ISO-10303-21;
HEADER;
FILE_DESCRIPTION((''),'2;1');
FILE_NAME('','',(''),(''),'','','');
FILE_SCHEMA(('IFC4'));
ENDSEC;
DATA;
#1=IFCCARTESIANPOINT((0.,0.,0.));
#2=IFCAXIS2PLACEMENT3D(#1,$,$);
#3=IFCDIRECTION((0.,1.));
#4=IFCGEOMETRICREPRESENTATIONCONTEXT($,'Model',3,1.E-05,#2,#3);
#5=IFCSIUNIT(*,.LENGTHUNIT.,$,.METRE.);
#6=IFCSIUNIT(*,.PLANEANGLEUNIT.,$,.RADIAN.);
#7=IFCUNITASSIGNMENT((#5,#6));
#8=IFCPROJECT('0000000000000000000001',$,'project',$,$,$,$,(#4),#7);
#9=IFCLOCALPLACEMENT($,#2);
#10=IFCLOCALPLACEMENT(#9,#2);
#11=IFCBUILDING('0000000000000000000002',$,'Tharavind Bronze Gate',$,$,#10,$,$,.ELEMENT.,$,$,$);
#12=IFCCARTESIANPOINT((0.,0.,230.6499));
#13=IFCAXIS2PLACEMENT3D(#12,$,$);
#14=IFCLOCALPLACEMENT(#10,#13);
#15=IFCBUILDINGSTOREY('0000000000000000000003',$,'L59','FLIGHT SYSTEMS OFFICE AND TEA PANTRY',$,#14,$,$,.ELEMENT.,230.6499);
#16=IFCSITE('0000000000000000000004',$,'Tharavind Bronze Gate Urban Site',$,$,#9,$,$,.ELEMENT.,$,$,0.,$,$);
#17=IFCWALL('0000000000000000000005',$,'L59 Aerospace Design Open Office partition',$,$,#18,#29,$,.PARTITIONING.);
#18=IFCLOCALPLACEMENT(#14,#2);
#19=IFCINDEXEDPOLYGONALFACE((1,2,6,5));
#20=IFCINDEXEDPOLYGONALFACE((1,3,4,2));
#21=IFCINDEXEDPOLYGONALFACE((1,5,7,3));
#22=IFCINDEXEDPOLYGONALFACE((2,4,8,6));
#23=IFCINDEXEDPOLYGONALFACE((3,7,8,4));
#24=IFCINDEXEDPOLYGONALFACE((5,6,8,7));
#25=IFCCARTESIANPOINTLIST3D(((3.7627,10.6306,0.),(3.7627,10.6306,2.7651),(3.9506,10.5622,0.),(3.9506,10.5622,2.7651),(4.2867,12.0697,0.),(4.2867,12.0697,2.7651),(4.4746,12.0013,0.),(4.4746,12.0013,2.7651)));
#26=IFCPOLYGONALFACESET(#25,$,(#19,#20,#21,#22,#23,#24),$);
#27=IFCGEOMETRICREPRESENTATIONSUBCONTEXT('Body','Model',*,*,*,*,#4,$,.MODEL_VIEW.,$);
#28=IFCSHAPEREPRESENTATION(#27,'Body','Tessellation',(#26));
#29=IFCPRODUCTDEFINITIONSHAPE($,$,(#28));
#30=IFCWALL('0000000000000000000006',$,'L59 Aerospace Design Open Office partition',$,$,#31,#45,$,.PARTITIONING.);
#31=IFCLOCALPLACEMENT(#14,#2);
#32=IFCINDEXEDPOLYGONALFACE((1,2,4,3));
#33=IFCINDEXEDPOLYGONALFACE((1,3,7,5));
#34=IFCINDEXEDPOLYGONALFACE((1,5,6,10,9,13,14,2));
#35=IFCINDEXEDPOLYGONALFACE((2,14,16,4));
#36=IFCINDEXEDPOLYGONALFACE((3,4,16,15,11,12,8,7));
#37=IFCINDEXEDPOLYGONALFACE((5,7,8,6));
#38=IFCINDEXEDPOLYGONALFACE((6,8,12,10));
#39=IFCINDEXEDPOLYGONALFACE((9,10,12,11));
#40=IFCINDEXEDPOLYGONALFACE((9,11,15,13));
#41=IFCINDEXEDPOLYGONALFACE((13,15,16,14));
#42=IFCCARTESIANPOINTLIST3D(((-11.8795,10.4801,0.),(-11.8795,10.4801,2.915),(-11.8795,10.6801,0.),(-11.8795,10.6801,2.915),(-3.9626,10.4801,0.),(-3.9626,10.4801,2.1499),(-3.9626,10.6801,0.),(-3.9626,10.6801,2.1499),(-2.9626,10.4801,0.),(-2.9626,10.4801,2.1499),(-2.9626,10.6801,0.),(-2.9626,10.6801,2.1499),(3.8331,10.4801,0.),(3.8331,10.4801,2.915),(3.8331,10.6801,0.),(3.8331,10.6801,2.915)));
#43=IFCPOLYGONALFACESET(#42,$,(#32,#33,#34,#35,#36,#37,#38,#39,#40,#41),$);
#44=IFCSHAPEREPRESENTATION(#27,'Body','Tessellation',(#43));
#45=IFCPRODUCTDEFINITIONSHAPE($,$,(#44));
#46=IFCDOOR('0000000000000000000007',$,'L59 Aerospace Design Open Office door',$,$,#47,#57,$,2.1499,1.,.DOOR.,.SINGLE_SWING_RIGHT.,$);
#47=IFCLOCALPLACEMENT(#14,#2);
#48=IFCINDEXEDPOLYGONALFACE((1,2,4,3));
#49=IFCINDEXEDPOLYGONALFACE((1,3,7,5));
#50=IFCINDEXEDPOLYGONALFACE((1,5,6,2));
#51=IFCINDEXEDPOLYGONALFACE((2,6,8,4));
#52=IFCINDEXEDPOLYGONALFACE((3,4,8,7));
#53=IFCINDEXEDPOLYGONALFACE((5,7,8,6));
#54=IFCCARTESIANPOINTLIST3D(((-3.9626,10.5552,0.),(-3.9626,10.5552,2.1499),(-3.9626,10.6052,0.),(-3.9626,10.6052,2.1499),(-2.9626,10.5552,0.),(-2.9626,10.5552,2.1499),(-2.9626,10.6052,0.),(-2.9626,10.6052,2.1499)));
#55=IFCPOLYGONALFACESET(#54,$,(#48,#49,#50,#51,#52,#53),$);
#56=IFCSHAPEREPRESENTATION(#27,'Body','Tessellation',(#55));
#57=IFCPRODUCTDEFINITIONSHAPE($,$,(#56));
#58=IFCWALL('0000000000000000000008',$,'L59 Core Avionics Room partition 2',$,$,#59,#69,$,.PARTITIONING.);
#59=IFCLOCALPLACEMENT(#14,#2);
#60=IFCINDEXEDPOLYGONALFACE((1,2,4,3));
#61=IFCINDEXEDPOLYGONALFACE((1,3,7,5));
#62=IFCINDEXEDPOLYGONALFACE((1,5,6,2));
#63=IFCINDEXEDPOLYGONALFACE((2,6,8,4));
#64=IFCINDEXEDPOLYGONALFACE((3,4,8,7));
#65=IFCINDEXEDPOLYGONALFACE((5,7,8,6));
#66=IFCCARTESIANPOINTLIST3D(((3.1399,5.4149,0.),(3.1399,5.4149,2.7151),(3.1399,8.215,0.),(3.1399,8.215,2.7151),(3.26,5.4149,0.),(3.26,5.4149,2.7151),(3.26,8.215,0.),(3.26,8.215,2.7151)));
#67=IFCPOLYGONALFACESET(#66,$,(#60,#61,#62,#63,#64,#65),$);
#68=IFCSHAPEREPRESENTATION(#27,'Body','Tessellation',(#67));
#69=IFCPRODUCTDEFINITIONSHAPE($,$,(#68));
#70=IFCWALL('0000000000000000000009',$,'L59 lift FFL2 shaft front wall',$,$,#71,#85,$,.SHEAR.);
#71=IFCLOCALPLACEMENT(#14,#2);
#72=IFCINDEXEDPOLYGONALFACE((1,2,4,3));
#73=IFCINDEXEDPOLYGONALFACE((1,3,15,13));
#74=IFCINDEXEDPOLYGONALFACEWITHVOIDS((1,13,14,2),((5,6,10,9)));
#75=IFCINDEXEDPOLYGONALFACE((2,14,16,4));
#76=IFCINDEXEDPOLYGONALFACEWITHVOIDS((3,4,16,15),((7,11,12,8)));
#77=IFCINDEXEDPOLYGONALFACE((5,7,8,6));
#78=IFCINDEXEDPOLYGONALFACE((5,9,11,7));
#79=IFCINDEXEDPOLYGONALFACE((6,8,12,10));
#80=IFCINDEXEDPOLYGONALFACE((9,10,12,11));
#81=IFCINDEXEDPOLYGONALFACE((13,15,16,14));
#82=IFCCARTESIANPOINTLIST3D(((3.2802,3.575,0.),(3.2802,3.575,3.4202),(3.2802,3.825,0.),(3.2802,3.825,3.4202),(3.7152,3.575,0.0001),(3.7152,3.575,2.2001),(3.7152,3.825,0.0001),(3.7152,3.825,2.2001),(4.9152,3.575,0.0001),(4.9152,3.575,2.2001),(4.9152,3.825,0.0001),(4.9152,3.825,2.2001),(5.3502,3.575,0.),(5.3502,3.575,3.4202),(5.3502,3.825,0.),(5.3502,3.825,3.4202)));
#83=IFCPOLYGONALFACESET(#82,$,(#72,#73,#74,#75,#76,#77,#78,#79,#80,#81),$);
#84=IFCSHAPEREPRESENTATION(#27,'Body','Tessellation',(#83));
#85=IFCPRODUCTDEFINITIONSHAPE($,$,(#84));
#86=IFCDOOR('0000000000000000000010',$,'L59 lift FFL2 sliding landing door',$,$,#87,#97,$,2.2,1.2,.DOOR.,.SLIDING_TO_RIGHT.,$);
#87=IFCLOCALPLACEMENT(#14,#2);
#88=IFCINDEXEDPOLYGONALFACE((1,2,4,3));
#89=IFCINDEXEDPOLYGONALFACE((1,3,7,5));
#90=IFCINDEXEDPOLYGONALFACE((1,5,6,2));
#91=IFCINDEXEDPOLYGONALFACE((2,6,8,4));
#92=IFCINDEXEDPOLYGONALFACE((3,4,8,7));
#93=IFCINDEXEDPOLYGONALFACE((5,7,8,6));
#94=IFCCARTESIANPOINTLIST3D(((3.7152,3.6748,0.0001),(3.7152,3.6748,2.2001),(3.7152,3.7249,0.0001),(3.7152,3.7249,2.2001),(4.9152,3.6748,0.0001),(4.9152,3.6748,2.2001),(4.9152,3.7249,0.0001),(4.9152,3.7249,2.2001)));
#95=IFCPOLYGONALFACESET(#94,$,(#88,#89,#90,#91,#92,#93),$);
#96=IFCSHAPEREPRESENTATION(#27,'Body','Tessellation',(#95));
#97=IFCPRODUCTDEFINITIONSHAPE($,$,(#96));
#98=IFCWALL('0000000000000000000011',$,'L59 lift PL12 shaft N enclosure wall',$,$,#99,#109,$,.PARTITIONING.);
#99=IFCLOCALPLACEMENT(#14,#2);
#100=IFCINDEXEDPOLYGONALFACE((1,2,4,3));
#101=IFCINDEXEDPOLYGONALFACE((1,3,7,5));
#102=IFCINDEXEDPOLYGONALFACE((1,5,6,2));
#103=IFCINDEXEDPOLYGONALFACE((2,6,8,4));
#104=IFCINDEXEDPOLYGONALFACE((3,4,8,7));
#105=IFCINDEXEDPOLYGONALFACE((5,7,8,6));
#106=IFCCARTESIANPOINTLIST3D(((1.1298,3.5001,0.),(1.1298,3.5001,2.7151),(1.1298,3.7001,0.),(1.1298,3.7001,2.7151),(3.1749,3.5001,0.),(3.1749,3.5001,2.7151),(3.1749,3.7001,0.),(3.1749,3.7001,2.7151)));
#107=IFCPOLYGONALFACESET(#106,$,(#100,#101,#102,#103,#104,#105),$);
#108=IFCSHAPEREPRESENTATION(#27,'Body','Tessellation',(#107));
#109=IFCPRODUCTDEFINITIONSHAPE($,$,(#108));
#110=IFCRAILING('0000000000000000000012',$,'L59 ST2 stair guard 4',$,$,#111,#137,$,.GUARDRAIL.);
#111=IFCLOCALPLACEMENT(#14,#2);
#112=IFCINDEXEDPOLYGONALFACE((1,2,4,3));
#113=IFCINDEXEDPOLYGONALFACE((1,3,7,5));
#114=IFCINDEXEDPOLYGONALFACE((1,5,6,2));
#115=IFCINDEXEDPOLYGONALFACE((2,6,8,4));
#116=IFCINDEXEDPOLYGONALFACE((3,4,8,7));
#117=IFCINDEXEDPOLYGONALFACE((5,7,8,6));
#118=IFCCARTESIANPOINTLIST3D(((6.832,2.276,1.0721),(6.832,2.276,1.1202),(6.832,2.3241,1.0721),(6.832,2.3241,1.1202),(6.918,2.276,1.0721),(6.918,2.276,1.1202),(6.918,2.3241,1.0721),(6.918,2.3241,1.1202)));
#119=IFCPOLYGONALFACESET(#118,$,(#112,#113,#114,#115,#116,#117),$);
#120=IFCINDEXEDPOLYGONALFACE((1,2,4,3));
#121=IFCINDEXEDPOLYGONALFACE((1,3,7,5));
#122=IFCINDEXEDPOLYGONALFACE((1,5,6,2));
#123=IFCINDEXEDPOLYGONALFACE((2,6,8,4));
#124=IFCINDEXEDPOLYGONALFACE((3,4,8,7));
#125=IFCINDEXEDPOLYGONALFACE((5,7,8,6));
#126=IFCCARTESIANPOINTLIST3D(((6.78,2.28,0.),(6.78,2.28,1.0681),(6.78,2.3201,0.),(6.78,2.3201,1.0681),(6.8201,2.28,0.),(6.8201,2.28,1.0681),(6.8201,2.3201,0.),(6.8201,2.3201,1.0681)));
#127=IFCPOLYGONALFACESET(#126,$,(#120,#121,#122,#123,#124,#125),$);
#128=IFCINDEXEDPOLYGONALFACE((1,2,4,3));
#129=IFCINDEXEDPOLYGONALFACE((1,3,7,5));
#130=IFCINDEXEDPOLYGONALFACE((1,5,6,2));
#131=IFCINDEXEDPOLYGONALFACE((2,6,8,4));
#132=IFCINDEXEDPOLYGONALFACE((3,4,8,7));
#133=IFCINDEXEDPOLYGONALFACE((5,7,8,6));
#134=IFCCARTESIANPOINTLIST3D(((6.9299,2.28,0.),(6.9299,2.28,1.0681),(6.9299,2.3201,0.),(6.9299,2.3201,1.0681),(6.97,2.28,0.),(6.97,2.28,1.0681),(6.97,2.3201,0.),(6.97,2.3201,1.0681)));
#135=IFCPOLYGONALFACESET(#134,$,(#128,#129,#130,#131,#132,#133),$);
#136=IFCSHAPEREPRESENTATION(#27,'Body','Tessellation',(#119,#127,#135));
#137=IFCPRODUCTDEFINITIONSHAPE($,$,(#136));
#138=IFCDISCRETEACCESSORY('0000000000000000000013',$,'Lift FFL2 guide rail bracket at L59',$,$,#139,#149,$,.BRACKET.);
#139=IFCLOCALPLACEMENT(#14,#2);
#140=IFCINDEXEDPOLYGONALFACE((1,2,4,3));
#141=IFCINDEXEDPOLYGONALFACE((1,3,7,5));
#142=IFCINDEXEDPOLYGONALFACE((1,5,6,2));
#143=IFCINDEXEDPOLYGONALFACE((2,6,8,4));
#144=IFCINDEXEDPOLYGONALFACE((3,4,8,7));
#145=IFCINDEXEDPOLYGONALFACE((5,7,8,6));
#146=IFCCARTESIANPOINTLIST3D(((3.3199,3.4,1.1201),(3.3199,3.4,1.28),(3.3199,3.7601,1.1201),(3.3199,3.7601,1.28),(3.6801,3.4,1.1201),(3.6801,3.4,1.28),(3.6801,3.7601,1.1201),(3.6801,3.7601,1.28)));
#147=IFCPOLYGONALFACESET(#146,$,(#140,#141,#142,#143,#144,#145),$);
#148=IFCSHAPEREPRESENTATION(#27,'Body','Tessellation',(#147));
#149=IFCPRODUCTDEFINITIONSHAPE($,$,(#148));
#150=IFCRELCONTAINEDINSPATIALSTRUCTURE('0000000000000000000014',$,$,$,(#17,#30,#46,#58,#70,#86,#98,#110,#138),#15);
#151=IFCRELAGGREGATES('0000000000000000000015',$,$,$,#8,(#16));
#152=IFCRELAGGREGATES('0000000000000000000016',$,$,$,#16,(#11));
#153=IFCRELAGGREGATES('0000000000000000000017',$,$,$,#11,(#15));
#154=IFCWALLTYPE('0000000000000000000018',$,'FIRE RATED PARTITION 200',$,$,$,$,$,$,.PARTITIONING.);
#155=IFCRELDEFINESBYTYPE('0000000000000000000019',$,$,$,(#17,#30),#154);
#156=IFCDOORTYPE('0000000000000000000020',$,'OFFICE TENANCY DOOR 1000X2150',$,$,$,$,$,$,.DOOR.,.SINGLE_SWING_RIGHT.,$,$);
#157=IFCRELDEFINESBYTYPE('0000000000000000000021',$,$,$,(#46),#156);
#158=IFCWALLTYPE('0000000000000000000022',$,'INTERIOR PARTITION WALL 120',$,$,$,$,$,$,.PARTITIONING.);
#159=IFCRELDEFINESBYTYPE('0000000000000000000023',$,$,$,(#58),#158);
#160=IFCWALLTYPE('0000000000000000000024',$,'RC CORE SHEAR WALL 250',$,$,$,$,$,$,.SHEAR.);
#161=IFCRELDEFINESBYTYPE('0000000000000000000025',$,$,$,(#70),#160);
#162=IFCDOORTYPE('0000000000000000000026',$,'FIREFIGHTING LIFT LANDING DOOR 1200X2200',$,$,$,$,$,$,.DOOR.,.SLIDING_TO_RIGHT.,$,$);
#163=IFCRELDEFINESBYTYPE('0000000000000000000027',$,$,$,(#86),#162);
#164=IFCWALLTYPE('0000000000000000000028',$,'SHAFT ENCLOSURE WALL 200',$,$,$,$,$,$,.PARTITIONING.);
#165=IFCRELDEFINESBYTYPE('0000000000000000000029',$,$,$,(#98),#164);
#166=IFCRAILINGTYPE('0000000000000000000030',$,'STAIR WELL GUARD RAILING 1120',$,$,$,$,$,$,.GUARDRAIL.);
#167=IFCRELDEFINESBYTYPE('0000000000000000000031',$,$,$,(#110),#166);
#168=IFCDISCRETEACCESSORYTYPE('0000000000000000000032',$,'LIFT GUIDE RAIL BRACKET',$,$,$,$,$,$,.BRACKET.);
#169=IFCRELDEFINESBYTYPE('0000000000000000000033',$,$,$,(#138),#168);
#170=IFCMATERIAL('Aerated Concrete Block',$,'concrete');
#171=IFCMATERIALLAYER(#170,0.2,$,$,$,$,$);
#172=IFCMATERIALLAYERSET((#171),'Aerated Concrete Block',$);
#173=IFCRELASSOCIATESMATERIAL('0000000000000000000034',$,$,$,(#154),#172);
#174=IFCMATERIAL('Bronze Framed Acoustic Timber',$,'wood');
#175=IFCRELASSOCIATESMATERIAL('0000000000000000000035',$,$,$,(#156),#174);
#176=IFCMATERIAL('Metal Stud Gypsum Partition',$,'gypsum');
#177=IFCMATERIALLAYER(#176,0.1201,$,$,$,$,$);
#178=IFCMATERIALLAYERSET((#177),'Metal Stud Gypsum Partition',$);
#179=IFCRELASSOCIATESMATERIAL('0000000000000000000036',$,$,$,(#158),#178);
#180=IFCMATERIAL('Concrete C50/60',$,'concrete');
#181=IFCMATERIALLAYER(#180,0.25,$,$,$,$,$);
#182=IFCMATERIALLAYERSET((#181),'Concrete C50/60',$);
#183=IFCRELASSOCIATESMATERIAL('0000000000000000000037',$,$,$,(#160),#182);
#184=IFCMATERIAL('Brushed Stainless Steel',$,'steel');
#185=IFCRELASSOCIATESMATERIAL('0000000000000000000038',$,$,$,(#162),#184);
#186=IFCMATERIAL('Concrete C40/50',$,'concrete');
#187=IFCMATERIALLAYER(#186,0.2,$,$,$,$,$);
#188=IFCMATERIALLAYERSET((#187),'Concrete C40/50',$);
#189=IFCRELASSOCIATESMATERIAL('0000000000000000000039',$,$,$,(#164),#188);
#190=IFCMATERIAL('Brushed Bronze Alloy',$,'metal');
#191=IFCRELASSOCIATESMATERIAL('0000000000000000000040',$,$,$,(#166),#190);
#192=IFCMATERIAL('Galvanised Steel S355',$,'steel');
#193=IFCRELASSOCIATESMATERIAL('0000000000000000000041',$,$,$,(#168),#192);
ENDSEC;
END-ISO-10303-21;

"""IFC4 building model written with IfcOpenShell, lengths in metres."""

from ifc_helpers import new_model, si_unit, direction, frame, frame_2d, origin, origin_2d, place, context, subcontext, project, spatial, rectangle, extrude, material, layer, layer_set, type_object, element, fill, save


model = new_model("IFC4")

# Units and contexts
model_context = context("Model", 3, precision=1e-05, world=origin(), true_north=direction((0.0, 1.0)))
body_context = subcontext(model_context, "Body", "Model", "MODEL_VIEW")
ifc_project = project(units=[si_unit("LENGTHUNIT", "METRE"), si_unit("PLANEANGLEUNIT", "RADIAN")], contexts=[model_context])

# Site, building, storey
site_placement = place(None, origin())
site = spatial("IfcSite", under=ifc_project, at=site_placement, Name="Tharavind Bronze Gate Urban Site", CompositionType="ELEMENT", RefElevation=0.0)
building_placement = place(site_placement, origin())
building = spatial("IfcBuilding", under=site, at=building_placement, Name="Tharavind Bronze Gate", CompositionType="ELEMENT")
storey_placement = place(building_placement, frame((0.0, 0.0, 230.6499)))
storey = spatial("IfcBuildingStorey", under=building, at=storey_placement, Name="L59", Description="FLIGHT SYSTEMS OFFICE AND TEA PANTRY", CompositionType="ELEMENT", Elevation=230.6499)

# Shared definitions
ifc_material_1 = material(Name="Concrete C50/60", Category="concrete")

# Wall
ifc_material_2 = material(Name="Aerated Concrete Block", Category="concrete")
ifc_layer_1 = layer(ifc_material_2, 0.2)
ifc_layer_set_1 = layer_set([ifc_layer_1], Name="Aerated Concrete Block")
wall_type_1 = type_object("IfcWallType", Name="FIRE RATED PARTITION 200", PredefinedType="PARTITIONING", material=ifc_layer_set_1)
wall_1_placement = place(storey_placement, frame((4.3806, 12.0354, 0.0), z_axis=(0.0, 0.0, 1.0), x_axis=(-0.342127, -0.939654, 0.0)))
element("IfcWall", 1, at=wall_1_placement, inside=storey, type_object=wall_type_1, Name="L59 Aerospace Design Open Office partition", PredefinedType="PARTITIONING", context=body_context, shape_type="SweptSolid", body=[
    extrude(rectangle(XDim=1.5315, YDim=0.2, at=frame_2d((0.7656, 0.0))), origin(), (0.0, 0.0, 1.0), 2.7651),
])

# Wall, opening, door
wall_2_placement = place(storey_placement, frame((3.8333, 10.5801, 0.0), z_axis=(0.0, 0.0, 1.0), x_axis=(-1.0, 0.0, 0.0)))
wall_2 = element("IfcWall", 2, at=wall_2_placement, inside=storey, type_object=wall_type_1, Name="L59 Aerospace Design Open Office partition", PredefinedType="PARTITIONING", context=body_context, shape_type="SweptSolid", body=[
    extrude(rectangle(XDim=15.7126, YDim=0.2, at=frame_2d((7.8564, 0.0))), origin(), (0.0, 0.0, 1.0), 2.915),
])
opening_1_placement = place(wall_2_placement, frame((6.7959, 0.0, 0.0)))
opening_1 = element("IfcOpeningElement", 3, at=opening_1_placement, cuts=wall_2, PredefinedType="OPENING", context=body_context, shape_type="SweptSolid", body=[
    extrude(rectangle(XDim=1.0, YDim=2.1499, at=frame_2d((0.5, 1.075))), frame((0.0, 0.1101, 0.0), z_axis=(0.0, -1.0, 0.0), x_axis=(1.0, 0.0, 0.0)), (0.0, 0.0, 1.0), 0.22),
])
ifc_material_3 = material(Name="Bronze Framed Acoustic Timber", Category="wood")
door_type_1 = type_object("IfcDoorType", Name="OFFICE TENANCY DOOR 1000X2150", OperationType="SINGLE_SWING_RIGHT", PredefinedType="DOOR", material=ifc_material_3)
door_1_placement = place(opening_1_placement, origin())
door_1 = element("IfcDoor", 4, at=door_1_placement, inside=storey, type_object=door_type_1, Name="L59 Aerospace Design Open Office door", OperationType="SINGLE_SWING_RIGHT", OverallHeight=2.1499, OverallWidth=1.0, PredefinedType="DOOR", context=body_context, shape_type="SweptSolid", body=[
    extrude(rectangle(XDim=1.0, YDim=2.1499, at=frame_2d((0.5, 1.075))), frame((0.0, 0.0249, 0.0), z_axis=(0.0, -1.0, 0.0), x_axis=(1.0, 0.0, 0.0)), (0.0, 0.0, 1.0), 0.05),
])
fill(opening_1, door_1)

# Wall
ifc_material_4 = material(Name="Metal Stud Gypsum Partition", Category="gypsum")
ifc_layer_2 = layer(ifc_material_4, 0.1201)
ifc_layer_set_2 = layer_set([ifc_layer_2], Name="Metal Stud Gypsum Partition")
wall_type_2 = type_object("IfcWallType", Name="INTERIOR PARTITION WALL 120", PredefinedType="PARTITIONING", material=ifc_layer_set_2)
wall_3_placement = place(storey_placement, frame((3.2, 5.415, 0.0), z_axis=(0.0, 0.0, 1.0), x_axis=(0.0, 1.0, 0.0)))
element("IfcWall", 5, at=wall_3_placement, inside=storey, type_object=wall_type_2, Name="L59 Core Avionics Room partition 2", PredefinedType="PARTITIONING", context=body_context, shape_type="SweptSolid", body=[
    extrude(rectangle(XDim=2.8, YDim=0.1201, at=frame_2d((1.3999, 0.0))), origin(), (0.0, 0.0, 1.0), 2.7151),
])

# Wall, opening, door
ifc_layer_3 = layer(ifc_material_1, 0.25)
ifc_layer_set_3 = layer_set([ifc_layer_3], Name="Concrete C50/60")
wall_type_3 = type_object("IfcWallType", Name="RC CORE SHEAR WALL 250", PredefinedType="SHEAR", material=ifc_layer_set_3)
wall_4_placement = place(storey_placement, frame((3.28, 3.7, 0.0), z_axis=(0.0, 0.0, 1.0), x_axis=(1.0, 0.0, 0.0)))
wall_4 = element("IfcWall", 6, at=wall_4_placement, inside=storey, type_object=wall_type_3, Name="L59 lift FFL2 shaft front wall", PredefinedType="SHEAR", context=body_context, shape_type="SweptSolid", body=[
    extrude(rectangle(XDim=2.0701, YDim=0.25, at=frame_2d((1.0352, 0.0))), origin(), (0.0, 0.0, 1.0), 3.4202),
])
opening_2_placement = place(wall_4_placement, frame((0.4351, 0.0, 0.0)))
opening_2 = element("IfcOpeningElement", 7, at=opening_2_placement, cuts=wall_4, PredefinedType="OPENING", context=body_context, shape_type="SweptSolid", body=[
    extrude(rectangle(XDim=1.2, YDim=2.2, at=frame_2d((0.6001, 1.1001))), frame((0.0, 0.135, 0.0), z_axis=(0.0, -1.0, 0.0), x_axis=(1.0, 0.0, 0.0)), (0.0, 0.0, 1.0), 0.27),
])
ifc_material_5 = material(Name="Brushed Stainless Steel", Category="steel")
door_type_2 = type_object("IfcDoorType", Name="FIREFIGHTING LIFT LANDING DOOR 1200X2200", OperationType="SLIDING_TO_RIGHT", PredefinedType="DOOR", material=ifc_material_5)
door_2_placement = place(opening_2_placement, origin())
door_2 = element("IfcDoor", 8, at=door_2_placement, inside=storey, type_object=door_type_2, Name="L59 lift FFL2 sliding landing door", OperationType="SLIDING_TO_RIGHT", OverallHeight=2.2, OverallWidth=1.2, PredefinedType="DOOR", context=body_context, shape_type="SweptSolid", body=[
    extrude(rectangle(XDim=1.2, YDim=2.2, at=frame_2d((0.6001, 1.1001))), frame((0.0, 0.0249, 0.0), z_axis=(0.0, -1.0, 0.0), x_axis=(1.0, 0.0, 0.0)), (0.0, 0.0, 1.0), 0.05),
])
fill(opening_2, door_2)

# Wall
ifc_material_6 = material(Name="Concrete C40/50", Category="concrete")
ifc_layer_4 = layer(ifc_material_6, 0.2)
ifc_layer_set_4 = layer_set([ifc_layer_4], Name="Concrete C40/50")
wall_type_4 = type_object("IfcWallType", Name="SHAFT ENCLOSURE WALL 200", PredefinedType="PARTITIONING", material=ifc_layer_set_4)
wall_5_placement = place(storey_placement, frame((1.1299, 3.6001, 0.0), z_axis=(0.0, 0.0, 1.0), x_axis=(1.0, 0.0, 0.0)))
element("IfcWall", 9, at=wall_5_placement, inside=storey, type_object=wall_type_4, Name="L59 lift PL12 shaft N enclosure wall", PredefinedType="PARTITIONING", context=body_context, shape_type="SweptSolid", body=[
    extrude(rectangle(XDim=2.0452, YDim=0.2, at=frame_2d((1.0225, 0.0))), origin(), (0.0, 0.0, 1.0), 2.7151),
])

# Railing
ifc_material_7 = material(Name="Brushed Bronze Alloy", Category="metal")
railing_type = type_object("IfcRailingType", Name="STAIR WELL GUARD RAILING 1120", PredefinedType="GUARDRAIL", material=ifc_material_7)
railing_placement = place(storey_placement, frame((6.8, 2.3, 0.0)))
element("IfcRailing", 10, at=railing_placement, inside=storey, type_object=railing_type, Name="L59 ST2 stair guard 4", PredefinedType="GUARDRAIL", context=body_context, shape_type="SweptSolid", body=[
    extrude(rectangle(XDim=0.0481, YDim=0.0481, at=origin_2d()), frame((0.032, 0.0, 1.0962), z_axis=(1.0, 0.0, 0.0), x_axis=(0.0, 1.0, 0.0)), (0.0, 0.0, 1.0), 0.0859),
    extrude(rectangle(XDim=0.04, YDim=0.04, at=origin_2d()), origin(), (0.0, 0.0, 1.0), 1.0681),
    extrude(rectangle(XDim=0.04, YDim=0.04, at=origin_2d()), frame((0.1499, 0.0, 0.0)), (0.0, 0.0, 1.0), 1.0681),
])

# Discrete accessory
ifc_material_8 = material(Name="Galvanised Steel S355", Category="steel")
discrete_accessory_type = type_object("IfcDiscreteAccessoryType", Name="LIFT GUIDE RAIL BRACKET", PredefinedType="BRACKET", material=ifc_material_8)
discrete_accessory_placement = place(storey_placement, frame((3.5, 3.5801, 1.1201), z_axis=(0.0, 0.0, 1.0), x_axis=(1.0, 0.0, 0.0)))
element("IfcDiscreteAccessory", 11, at=discrete_accessory_placement, inside=storey, type_object=discrete_accessory_type, Name="Lift FFL2 guide rail bracket at L59", PredefinedType="BRACKET", context=body_context, shape_type="SweptSolid", body=[
    extrude(rectangle(XDim=0.3601, YDim=0.3601, at=origin_2d()), origin(), (0.0, 0.0, 1.0), 0.1599),
])

save(model, "model.ifc")
